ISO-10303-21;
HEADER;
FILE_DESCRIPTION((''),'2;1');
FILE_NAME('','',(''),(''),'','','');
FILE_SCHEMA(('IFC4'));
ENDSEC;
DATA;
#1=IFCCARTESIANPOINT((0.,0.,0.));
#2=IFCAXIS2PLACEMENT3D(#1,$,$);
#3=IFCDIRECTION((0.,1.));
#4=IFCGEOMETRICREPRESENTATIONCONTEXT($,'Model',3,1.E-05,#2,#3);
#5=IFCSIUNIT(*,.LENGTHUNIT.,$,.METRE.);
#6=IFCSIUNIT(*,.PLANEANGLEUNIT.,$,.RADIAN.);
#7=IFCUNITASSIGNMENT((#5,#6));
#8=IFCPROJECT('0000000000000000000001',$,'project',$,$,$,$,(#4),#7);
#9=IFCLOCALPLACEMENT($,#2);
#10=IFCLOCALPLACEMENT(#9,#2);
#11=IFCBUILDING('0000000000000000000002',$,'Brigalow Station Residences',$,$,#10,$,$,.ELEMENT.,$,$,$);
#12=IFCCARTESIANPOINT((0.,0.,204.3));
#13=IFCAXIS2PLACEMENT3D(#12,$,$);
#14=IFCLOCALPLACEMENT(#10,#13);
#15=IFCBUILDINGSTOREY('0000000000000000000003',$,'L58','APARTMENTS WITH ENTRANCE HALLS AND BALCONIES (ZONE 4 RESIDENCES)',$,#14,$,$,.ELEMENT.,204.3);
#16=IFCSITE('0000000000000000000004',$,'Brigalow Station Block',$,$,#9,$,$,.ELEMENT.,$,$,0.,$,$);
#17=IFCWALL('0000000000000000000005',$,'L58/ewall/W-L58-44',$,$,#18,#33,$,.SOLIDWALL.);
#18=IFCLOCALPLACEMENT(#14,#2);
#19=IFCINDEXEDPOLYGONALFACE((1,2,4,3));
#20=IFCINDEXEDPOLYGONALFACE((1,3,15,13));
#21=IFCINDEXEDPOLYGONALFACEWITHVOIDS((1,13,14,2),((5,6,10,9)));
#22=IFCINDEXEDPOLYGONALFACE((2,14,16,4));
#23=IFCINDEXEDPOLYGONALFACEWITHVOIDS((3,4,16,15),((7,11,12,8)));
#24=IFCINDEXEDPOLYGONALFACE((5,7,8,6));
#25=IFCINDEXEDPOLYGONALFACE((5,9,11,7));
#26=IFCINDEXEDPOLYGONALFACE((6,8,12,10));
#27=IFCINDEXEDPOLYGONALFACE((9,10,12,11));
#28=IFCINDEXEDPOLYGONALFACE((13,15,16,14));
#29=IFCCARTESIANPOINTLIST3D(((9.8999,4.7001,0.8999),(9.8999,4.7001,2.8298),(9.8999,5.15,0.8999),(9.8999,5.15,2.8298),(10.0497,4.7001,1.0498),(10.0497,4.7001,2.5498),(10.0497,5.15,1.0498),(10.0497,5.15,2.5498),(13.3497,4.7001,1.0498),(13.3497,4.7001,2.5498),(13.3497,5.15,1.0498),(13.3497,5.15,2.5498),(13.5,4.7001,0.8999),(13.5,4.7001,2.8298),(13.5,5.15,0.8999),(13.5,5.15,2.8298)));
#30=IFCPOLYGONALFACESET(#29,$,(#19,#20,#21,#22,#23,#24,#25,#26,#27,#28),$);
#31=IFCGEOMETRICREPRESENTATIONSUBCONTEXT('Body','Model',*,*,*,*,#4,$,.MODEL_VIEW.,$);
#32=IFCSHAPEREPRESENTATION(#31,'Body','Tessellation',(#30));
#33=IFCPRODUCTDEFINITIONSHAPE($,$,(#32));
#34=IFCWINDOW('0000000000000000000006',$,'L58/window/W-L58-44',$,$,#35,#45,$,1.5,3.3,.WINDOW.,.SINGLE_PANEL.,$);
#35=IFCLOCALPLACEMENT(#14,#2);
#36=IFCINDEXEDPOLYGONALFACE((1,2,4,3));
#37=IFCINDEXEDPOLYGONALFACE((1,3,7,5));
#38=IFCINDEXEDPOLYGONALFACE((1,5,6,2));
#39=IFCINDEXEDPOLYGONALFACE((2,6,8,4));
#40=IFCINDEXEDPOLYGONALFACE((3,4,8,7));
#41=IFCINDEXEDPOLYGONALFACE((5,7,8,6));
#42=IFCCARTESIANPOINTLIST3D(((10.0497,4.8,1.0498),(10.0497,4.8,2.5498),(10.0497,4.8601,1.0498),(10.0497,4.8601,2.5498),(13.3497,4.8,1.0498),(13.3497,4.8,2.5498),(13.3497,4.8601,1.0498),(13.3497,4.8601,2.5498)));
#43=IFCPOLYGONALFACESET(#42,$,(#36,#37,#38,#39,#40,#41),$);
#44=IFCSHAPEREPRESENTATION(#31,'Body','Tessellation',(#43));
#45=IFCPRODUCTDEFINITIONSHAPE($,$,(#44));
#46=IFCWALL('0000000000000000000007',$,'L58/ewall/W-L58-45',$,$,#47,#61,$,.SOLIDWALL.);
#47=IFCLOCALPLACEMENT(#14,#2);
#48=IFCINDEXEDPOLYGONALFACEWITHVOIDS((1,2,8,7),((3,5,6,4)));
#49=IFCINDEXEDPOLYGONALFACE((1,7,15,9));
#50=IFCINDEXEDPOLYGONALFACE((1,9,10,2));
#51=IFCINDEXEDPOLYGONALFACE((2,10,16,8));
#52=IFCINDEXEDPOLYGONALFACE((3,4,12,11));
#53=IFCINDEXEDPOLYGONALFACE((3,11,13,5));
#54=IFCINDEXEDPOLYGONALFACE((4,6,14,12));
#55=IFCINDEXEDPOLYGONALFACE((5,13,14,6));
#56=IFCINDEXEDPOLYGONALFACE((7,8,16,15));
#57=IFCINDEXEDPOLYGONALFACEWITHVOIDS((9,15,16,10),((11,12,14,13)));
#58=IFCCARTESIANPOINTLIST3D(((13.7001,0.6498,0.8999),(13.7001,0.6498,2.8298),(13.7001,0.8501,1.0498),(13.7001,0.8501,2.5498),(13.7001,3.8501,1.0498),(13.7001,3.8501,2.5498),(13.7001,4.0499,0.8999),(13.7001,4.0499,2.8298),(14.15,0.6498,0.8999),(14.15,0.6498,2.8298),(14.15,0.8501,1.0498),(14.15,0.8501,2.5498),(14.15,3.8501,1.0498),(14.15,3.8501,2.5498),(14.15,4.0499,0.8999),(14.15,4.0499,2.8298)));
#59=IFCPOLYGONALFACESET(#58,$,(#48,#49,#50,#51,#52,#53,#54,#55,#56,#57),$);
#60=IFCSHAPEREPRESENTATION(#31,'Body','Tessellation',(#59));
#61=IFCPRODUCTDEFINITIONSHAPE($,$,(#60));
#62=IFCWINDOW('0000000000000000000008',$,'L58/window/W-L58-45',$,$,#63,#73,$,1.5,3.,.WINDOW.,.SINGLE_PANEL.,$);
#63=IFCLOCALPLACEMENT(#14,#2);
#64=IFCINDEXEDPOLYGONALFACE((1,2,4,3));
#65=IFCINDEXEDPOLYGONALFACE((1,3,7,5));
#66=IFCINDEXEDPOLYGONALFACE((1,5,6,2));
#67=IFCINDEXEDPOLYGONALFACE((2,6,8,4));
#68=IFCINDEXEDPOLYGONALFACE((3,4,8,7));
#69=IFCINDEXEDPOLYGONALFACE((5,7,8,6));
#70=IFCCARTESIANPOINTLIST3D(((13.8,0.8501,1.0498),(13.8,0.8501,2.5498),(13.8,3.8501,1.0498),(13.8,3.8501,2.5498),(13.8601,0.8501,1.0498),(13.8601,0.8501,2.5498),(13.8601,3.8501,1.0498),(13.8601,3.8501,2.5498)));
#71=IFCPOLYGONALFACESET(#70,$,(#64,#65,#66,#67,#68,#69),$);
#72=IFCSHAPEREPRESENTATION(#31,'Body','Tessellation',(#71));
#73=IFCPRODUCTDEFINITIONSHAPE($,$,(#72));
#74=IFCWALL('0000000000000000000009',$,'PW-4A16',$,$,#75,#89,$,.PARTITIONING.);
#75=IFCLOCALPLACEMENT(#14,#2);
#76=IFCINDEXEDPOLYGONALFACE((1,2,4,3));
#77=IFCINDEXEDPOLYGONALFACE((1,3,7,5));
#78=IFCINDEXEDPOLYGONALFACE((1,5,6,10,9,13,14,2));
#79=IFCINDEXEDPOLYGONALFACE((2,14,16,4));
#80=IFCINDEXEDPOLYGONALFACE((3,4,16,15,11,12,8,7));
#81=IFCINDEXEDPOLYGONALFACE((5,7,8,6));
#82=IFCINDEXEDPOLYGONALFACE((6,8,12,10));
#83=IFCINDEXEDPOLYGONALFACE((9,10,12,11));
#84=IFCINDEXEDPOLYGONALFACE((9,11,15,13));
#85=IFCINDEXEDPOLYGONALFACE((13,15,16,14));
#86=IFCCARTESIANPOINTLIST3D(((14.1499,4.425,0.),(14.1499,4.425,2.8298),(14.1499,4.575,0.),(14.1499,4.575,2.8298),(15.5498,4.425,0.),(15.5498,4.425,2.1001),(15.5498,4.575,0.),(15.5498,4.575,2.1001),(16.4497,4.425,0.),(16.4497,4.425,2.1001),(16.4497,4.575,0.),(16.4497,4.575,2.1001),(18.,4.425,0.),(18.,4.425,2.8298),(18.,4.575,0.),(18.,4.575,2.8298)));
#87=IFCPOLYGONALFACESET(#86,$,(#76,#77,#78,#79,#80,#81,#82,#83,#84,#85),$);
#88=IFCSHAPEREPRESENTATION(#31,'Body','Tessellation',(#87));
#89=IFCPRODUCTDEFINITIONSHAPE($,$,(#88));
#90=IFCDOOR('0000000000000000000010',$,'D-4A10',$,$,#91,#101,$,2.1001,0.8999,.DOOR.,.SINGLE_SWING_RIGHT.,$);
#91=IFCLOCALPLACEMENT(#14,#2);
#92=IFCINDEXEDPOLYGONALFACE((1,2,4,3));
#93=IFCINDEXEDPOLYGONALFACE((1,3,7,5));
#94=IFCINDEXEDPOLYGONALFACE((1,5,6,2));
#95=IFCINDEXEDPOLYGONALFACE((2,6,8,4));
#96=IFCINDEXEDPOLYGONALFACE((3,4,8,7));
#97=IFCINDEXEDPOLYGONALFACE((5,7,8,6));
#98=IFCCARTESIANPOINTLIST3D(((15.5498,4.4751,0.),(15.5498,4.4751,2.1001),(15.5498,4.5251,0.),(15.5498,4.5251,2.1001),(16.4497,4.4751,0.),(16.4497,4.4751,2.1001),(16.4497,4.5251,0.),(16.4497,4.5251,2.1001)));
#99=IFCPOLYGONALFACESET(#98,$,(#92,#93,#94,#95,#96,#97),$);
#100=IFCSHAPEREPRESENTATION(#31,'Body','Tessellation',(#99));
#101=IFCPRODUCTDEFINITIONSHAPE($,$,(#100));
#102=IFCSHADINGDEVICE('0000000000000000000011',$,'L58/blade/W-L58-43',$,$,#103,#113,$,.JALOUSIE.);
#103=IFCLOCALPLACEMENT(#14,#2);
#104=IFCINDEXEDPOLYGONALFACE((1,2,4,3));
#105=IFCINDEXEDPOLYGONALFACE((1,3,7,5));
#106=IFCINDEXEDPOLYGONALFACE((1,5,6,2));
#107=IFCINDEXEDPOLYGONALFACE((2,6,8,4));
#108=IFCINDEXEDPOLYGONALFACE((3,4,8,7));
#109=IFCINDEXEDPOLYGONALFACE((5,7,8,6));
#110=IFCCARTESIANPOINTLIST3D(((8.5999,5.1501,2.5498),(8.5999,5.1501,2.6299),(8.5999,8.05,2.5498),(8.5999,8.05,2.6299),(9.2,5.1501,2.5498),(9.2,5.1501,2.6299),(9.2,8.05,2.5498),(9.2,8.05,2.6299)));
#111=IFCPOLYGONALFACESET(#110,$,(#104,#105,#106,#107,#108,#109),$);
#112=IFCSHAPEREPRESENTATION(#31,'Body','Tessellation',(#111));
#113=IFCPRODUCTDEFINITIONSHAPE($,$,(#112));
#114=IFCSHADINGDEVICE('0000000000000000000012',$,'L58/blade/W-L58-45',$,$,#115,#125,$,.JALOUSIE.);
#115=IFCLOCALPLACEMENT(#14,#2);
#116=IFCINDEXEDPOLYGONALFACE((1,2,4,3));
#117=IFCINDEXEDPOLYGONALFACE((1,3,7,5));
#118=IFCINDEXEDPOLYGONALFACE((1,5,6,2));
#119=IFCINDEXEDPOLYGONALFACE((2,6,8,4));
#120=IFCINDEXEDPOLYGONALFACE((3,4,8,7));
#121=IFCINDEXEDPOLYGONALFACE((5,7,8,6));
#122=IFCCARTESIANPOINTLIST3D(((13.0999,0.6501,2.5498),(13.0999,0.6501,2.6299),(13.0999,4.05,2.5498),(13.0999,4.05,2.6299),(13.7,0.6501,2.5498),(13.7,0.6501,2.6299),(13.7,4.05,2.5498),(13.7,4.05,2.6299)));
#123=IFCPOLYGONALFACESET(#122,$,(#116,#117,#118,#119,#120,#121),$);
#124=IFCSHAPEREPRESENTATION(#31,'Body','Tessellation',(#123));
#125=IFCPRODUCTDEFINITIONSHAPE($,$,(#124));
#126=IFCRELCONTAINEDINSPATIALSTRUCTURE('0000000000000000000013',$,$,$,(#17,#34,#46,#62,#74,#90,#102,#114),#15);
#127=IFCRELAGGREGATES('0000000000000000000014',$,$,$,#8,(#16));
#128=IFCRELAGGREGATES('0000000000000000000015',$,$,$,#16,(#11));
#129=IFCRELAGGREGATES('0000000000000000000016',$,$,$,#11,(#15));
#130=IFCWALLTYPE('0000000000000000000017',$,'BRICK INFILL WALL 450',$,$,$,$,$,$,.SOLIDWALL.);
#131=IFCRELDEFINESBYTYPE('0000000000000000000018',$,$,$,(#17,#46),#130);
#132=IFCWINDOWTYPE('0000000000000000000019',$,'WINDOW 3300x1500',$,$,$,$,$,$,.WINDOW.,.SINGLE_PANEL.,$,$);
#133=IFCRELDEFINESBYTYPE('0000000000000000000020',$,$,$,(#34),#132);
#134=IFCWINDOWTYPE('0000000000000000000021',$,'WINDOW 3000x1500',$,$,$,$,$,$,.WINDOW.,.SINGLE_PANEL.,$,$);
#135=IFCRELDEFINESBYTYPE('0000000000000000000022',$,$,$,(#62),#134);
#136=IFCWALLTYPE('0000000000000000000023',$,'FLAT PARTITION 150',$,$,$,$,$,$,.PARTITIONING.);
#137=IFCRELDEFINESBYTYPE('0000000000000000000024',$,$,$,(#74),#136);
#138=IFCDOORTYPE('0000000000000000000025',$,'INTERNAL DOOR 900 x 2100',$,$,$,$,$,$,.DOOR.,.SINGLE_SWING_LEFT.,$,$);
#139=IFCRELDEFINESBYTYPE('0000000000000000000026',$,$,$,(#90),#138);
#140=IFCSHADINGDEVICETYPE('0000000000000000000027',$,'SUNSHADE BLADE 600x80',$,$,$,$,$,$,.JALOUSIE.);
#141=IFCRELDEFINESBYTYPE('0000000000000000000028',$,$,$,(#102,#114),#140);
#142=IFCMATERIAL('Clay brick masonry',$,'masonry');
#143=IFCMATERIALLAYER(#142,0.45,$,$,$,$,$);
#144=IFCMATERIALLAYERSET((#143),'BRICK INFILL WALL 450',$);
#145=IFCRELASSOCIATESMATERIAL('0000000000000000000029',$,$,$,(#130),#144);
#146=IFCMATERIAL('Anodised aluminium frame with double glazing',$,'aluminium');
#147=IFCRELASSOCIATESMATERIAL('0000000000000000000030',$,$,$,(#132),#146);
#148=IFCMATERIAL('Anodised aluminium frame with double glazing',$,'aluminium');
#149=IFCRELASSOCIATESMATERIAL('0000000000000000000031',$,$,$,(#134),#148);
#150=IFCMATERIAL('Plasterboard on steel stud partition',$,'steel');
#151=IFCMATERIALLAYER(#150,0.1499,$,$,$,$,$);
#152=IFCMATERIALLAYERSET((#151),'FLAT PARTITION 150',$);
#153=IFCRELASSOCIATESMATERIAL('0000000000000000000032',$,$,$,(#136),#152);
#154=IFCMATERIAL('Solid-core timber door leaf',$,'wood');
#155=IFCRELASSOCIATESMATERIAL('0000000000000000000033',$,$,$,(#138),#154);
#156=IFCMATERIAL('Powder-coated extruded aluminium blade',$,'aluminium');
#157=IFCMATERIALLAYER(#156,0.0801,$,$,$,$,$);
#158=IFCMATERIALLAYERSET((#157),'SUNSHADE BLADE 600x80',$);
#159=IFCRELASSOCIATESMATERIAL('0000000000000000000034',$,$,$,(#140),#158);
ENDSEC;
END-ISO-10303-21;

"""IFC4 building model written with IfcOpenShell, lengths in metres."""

from ifc_helpers import new_model, si_unit, direction, frame, frame_2d, origin, origin_2d, place, context, subcontext, project, spatial, rectangle, extrude, material, layer, layer_set, type_object, element, fill, save


model = new_model("IFC4")

# Units and contexts
model_context = context("Model", 3, precision=1e-05, world=origin(), true_north=direction((0.0, 1.0)))
body_context = subcontext(model_context, "Body", "Model", "MODEL_VIEW")
ifc_project = project(units=[si_unit("LENGTHUNIT", "METRE"), si_unit("PLANEANGLEUNIT", "RADIAN")], contexts=[model_context])

# Site, building, storey
site_placement = place(None, origin())
site = spatial("IfcSite", under=ifc_project, at=site_placement, Name="Brigalow Station Block", CompositionType="ELEMENT", RefElevation=0.0)
building_placement = place(site_placement, origin())
building = spatial("IfcBuilding", under=site, at=building_placement, Name="Brigalow Station Residences", CompositionType="ELEMENT")
storey_placement = place(building_placement, frame((0.0, 0.0, 204.3)))
storey = spatial("IfcBuildingStorey", under=building, at=storey_placement, Name="L58", Description="APARTMENTS WITH ENTRANCE HALLS AND BALCONIES (ZONE 4 RESIDENCES)", CompositionType="ELEMENT", Elevation=204.3)

# Walls, openings, windows
ifc_material_1 = material(Name="Clay brick masonry", Category="masonry")
ifc_layer_1 = layer(ifc_material_1, 0.45)
ifc_layer_set_1 = layer_set([ifc_layer_1], Name="BRICK INFILL WALL 450")
wall_type_1 = type_object("IfcWallType", Name="BRICK INFILL WALL 450", PredefinedType="SOLIDWALL", material=ifc_layer_set_1)
wall_1_placement = place(storey_placement, frame((9.8999, 4.925, 0.8999), z_axis=(0.0, 0.0, 1.0), x_axis=(1.0, 0.0, 0.0)))
wall_1 = element("IfcWall", 1, at=wall_1_placement, inside=storey, type_object=wall_type_1, Name="L58/ewall/W-L58-44", PredefinedType="SOLIDWALL", context=body_context, shape_type="SweptSolid", body=[
    extrude(rectangle(XDim=3.6001, YDim=0.45, at=frame_2d((1.8, 0.0))), origin(), (0.0, 0.0, 1.0), 1.9299),
])
opening_1_placement = place(wall_1_placement, frame((0.1499, 0.0, 0.1499)))
opening_1 = element("IfcOpeningElement", 2, at=opening_1_placement, cuts=wall_1, PredefinedType="OPENING", context=body_context, shape_type="SweptSolid", body=[
    extrude(rectangle(XDim=3.3, YDim=1.5, at=frame_2d((1.6499, 0.75))), frame((0.0, 0.2349, 0.0), z_axis=(0.0, -1.0, 0.0), x_axis=(1.0, 0.0, 0.0)), (0.0, 0.0, 1.0), 0.47),
])
ifc_material_2 = material(Name="Anodised aluminium frame with double glazing", Category="aluminium")
window_type_1 = type_object("IfcWindowType", Name="WINDOW 3300x1500", PartitioningType="SINGLE_PANEL", PredefinedType="WINDOW", material=ifc_material_2)
window_1_placement = place(opening_1_placement, origin())
window_1 = element("IfcWindow", 3, at=window_1_placement, inside=storey, type_object=window_type_1, Name="L58/window/W-L58-44", OverallHeight=1.5, OverallWidth=3.3, PartitioningType="SINGLE_PANEL", PredefinedType="WINDOW", context=body_context, shape_type="SweptSolid", body=[
    extrude(rectangle(XDim=3.3, YDim=1.5, at=frame_2d((1.6499, 0.75))), frame((0.0, -0.0649, 0.0), z_axis=(0.0, -1.0, 0.0), x_axis=(1.0, 0.0, 0.0)), (0.0, 0.0, 1.0), 0.0601),
])
fill(opening_1, window_1)
wall_2_placement = place(storey_placement, frame((13.925, 4.05, 0.8999), z_axis=(0.0, 0.0, 1.0), x_axis=(0.0, -1.0, 0.0)))
wall_2 = element("IfcWall", 4, at=wall_2_placement, inside=storey, type_object=wall_type_1, Name="L58/ewall/W-L58-45", PredefinedType="SOLIDWALL", context=body_context, shape_type="SweptSolid", body=[
    extrude(rectangle(XDim=3.4001, YDim=0.45, at=frame_2d((1.7002, 0.0))), origin(), (0.0, 0.0, 1.0), 1.9299),
])
opening_2_placement = place(wall_2_placement, frame((0.2, 0.0, 0.1499)))
opening_2 = element("IfcOpeningElement", 5, at=opening_2_placement, cuts=wall_2, PredefinedType="OPENING", context=body_context, shape_type="SweptSolid", body=[
    extrude(rectangle(XDim=3.0, YDim=1.5, at=frame_2d((1.5, 0.75))), frame((0.0, 0.2349, 0.0), z_axis=(0.0, -1.0, 0.0), x_axis=(1.0, 0.0, 0.0)), (0.0, 0.0, 1.0), 0.47),
])
ifc_material_3 = material(Name="Anodised aluminium frame with double glazing", Category="aluminium")
window_type_2 = type_object("IfcWindowType", Name="WINDOW 3000x1500", PartitioningType="SINGLE_PANEL", PredefinedType="WINDOW", material=ifc_material_3)
window_2_placement = place(opening_2_placement, origin())
window_2 = element("IfcWindow", 6, at=window_2_placement, inside=storey, type_object=window_type_2, Name="L58/window/W-L58-45", OverallHeight=1.5, OverallWidth=3.0, PartitioningType="SINGLE_PANEL", PredefinedType="WINDOW", context=body_context, shape_type="SweptSolid", body=[
    extrude(rectangle(XDim=3.0, YDim=1.5, at=frame_2d((1.5, 0.75))), frame((0.0, -0.0649, 0.0), z_axis=(0.0, -1.0, 0.0), x_axis=(1.0, 0.0, 0.0)), (0.0, 0.0, 1.0), 0.0601),
])
fill(opening_2, window_2)

# Wall, opening, door
ifc_material_4 = material(Name="Plasterboard on steel stud partition", Category="steel")
ifc_layer_2 = layer(ifc_material_4, 0.1499)
ifc_layer_set_2 = layer_set([ifc_layer_2], Name="FLAT PARTITION 150")
wall_type_2 = type_object("IfcWallType", Name="FLAT PARTITION 150", PredefinedType="PARTITIONING", material=ifc_layer_set_2)
wall_3_placement = place(storey_placement, frame((14.1499, 4.5, 0.0), z_axis=(0.0, 0.0, 1.0), x_axis=(1.0, 0.0, 0.0)))
wall_3 = element("IfcWall", 7, at=wall_3_placement, inside=storey, type_object=wall_type_2, Name="PW-4A16", PredefinedType="PARTITIONING", context=body_context, shape_type="SweptSolid", body=[
    extrude(rectangle(XDim=3.8501, YDim=0.1499, at=frame_2d((1.925, 0.0))), origin(), (0.0, 0.0, 1.0), 2.8298),
])
opening_3_placement = place(wall_3_placement, frame((1.3999, 0.0, 0.0)))
opening_3 = element("IfcOpeningElement", 8, at=opening_3_placement, cuts=wall_3, PredefinedType="OPENING", context=body_context, shape_type="SweptSolid", body=[
    extrude(rectangle(XDim=0.8999, YDim=2.1001, at=frame_2d((0.45, 1.05))), frame((0.0, 0.085, 0.0), z_axis=(0.0, -1.0, 0.0), x_axis=(1.0, 0.0, 0.0)), (0.0, 0.0, 1.0), 0.1699),
])
ifc_material_5 = material(Name="Solid-core timber door leaf", Category="wood")
door_type = type_object("IfcDoorType", Name="INTERNAL DOOR 900 x 2100", OperationType="SINGLE_SWING_LEFT", PredefinedType="DOOR", material=ifc_material_5)
door_placement = place(opening_3_placement, frame((0.8999, 0.0, 0.0), z_axis=(0.0, 0.0, 1.0), x_axis=(-1.0, 0.0, 0.0)))
door = element("IfcDoor", 9, at=door_placement, inside=storey, type_object=door_type, Name="D-4A10", OperationType="SINGLE_SWING_RIGHT", OverallHeight=2.1001, OverallWidth=0.8999, PredefinedType="DOOR", context=body_context, shape_type="SweptSolid", body=[
    extrude(rectangle(XDim=0.8999, YDim=2.1001, at=frame_2d((0.45, 1.05))), frame((0.0, 0.0249, 0.0), z_axis=(0.0, -1.0, 0.0), x_axis=(1.0, 0.0, 0.0)), (0.0, 0.0, 1.0), 0.05),
])
fill(opening_3, door)

# Shading devices
ifc_material_6 = material(Name="Powder-coated extruded aluminium blade", Category="aluminium")
ifc_layer_3 = layer(ifc_material_6, 0.0801)
ifc_layer_set_3 = layer_set([ifc_layer_3], Name="SUNSHADE BLADE 600x80")
shading_device_type = type_object("IfcShadingDeviceType", Name="SUNSHADE BLADE 600x80", PredefinedType="JALOUSIE", material=ifc_layer_set_3)
shading_device_1_placement = place(storey_placement, frame((8.8999, 6.6001, 2.5498), z_axis=(0.0, 0.0, 1.0), x_axis=(0.0, -1.0, 0.0)))
element("IfcShadingDevice", 10, at=shading_device_1_placement, inside=storey, type_object=shading_device_type, Name="L58/blade/W-L58-43", PredefinedType="JALOUSIE", context=body_context, shape_type="SweptSolid", body=[
    extrude(rectangle(XDim=2.8999, YDim=0.6001, at=origin_2d()), origin(), (0.0, 0.0, 1.0), 0.0801),
])
shading_device_2_placement = place(storey_placement, frame((13.3999, 2.3501, 2.5498), z_axis=(0.0, 0.0, 1.0), x_axis=(0.0, -1.0, 0.0)))
element("IfcShadingDevice", 11, at=shading_device_2_placement, inside=storey, type_object=shading_device_type, Name="L58/blade/W-L58-45", PredefinedType="JALOUSIE", context=body_context, shape_type="SweptSolid", body=[
    extrude(rectangle(XDim=3.3999, YDim=0.6001, at=origin_2d()), origin(), (0.0, 0.0, 1.0), 0.0801),
])

save(model, "model.ifc")
